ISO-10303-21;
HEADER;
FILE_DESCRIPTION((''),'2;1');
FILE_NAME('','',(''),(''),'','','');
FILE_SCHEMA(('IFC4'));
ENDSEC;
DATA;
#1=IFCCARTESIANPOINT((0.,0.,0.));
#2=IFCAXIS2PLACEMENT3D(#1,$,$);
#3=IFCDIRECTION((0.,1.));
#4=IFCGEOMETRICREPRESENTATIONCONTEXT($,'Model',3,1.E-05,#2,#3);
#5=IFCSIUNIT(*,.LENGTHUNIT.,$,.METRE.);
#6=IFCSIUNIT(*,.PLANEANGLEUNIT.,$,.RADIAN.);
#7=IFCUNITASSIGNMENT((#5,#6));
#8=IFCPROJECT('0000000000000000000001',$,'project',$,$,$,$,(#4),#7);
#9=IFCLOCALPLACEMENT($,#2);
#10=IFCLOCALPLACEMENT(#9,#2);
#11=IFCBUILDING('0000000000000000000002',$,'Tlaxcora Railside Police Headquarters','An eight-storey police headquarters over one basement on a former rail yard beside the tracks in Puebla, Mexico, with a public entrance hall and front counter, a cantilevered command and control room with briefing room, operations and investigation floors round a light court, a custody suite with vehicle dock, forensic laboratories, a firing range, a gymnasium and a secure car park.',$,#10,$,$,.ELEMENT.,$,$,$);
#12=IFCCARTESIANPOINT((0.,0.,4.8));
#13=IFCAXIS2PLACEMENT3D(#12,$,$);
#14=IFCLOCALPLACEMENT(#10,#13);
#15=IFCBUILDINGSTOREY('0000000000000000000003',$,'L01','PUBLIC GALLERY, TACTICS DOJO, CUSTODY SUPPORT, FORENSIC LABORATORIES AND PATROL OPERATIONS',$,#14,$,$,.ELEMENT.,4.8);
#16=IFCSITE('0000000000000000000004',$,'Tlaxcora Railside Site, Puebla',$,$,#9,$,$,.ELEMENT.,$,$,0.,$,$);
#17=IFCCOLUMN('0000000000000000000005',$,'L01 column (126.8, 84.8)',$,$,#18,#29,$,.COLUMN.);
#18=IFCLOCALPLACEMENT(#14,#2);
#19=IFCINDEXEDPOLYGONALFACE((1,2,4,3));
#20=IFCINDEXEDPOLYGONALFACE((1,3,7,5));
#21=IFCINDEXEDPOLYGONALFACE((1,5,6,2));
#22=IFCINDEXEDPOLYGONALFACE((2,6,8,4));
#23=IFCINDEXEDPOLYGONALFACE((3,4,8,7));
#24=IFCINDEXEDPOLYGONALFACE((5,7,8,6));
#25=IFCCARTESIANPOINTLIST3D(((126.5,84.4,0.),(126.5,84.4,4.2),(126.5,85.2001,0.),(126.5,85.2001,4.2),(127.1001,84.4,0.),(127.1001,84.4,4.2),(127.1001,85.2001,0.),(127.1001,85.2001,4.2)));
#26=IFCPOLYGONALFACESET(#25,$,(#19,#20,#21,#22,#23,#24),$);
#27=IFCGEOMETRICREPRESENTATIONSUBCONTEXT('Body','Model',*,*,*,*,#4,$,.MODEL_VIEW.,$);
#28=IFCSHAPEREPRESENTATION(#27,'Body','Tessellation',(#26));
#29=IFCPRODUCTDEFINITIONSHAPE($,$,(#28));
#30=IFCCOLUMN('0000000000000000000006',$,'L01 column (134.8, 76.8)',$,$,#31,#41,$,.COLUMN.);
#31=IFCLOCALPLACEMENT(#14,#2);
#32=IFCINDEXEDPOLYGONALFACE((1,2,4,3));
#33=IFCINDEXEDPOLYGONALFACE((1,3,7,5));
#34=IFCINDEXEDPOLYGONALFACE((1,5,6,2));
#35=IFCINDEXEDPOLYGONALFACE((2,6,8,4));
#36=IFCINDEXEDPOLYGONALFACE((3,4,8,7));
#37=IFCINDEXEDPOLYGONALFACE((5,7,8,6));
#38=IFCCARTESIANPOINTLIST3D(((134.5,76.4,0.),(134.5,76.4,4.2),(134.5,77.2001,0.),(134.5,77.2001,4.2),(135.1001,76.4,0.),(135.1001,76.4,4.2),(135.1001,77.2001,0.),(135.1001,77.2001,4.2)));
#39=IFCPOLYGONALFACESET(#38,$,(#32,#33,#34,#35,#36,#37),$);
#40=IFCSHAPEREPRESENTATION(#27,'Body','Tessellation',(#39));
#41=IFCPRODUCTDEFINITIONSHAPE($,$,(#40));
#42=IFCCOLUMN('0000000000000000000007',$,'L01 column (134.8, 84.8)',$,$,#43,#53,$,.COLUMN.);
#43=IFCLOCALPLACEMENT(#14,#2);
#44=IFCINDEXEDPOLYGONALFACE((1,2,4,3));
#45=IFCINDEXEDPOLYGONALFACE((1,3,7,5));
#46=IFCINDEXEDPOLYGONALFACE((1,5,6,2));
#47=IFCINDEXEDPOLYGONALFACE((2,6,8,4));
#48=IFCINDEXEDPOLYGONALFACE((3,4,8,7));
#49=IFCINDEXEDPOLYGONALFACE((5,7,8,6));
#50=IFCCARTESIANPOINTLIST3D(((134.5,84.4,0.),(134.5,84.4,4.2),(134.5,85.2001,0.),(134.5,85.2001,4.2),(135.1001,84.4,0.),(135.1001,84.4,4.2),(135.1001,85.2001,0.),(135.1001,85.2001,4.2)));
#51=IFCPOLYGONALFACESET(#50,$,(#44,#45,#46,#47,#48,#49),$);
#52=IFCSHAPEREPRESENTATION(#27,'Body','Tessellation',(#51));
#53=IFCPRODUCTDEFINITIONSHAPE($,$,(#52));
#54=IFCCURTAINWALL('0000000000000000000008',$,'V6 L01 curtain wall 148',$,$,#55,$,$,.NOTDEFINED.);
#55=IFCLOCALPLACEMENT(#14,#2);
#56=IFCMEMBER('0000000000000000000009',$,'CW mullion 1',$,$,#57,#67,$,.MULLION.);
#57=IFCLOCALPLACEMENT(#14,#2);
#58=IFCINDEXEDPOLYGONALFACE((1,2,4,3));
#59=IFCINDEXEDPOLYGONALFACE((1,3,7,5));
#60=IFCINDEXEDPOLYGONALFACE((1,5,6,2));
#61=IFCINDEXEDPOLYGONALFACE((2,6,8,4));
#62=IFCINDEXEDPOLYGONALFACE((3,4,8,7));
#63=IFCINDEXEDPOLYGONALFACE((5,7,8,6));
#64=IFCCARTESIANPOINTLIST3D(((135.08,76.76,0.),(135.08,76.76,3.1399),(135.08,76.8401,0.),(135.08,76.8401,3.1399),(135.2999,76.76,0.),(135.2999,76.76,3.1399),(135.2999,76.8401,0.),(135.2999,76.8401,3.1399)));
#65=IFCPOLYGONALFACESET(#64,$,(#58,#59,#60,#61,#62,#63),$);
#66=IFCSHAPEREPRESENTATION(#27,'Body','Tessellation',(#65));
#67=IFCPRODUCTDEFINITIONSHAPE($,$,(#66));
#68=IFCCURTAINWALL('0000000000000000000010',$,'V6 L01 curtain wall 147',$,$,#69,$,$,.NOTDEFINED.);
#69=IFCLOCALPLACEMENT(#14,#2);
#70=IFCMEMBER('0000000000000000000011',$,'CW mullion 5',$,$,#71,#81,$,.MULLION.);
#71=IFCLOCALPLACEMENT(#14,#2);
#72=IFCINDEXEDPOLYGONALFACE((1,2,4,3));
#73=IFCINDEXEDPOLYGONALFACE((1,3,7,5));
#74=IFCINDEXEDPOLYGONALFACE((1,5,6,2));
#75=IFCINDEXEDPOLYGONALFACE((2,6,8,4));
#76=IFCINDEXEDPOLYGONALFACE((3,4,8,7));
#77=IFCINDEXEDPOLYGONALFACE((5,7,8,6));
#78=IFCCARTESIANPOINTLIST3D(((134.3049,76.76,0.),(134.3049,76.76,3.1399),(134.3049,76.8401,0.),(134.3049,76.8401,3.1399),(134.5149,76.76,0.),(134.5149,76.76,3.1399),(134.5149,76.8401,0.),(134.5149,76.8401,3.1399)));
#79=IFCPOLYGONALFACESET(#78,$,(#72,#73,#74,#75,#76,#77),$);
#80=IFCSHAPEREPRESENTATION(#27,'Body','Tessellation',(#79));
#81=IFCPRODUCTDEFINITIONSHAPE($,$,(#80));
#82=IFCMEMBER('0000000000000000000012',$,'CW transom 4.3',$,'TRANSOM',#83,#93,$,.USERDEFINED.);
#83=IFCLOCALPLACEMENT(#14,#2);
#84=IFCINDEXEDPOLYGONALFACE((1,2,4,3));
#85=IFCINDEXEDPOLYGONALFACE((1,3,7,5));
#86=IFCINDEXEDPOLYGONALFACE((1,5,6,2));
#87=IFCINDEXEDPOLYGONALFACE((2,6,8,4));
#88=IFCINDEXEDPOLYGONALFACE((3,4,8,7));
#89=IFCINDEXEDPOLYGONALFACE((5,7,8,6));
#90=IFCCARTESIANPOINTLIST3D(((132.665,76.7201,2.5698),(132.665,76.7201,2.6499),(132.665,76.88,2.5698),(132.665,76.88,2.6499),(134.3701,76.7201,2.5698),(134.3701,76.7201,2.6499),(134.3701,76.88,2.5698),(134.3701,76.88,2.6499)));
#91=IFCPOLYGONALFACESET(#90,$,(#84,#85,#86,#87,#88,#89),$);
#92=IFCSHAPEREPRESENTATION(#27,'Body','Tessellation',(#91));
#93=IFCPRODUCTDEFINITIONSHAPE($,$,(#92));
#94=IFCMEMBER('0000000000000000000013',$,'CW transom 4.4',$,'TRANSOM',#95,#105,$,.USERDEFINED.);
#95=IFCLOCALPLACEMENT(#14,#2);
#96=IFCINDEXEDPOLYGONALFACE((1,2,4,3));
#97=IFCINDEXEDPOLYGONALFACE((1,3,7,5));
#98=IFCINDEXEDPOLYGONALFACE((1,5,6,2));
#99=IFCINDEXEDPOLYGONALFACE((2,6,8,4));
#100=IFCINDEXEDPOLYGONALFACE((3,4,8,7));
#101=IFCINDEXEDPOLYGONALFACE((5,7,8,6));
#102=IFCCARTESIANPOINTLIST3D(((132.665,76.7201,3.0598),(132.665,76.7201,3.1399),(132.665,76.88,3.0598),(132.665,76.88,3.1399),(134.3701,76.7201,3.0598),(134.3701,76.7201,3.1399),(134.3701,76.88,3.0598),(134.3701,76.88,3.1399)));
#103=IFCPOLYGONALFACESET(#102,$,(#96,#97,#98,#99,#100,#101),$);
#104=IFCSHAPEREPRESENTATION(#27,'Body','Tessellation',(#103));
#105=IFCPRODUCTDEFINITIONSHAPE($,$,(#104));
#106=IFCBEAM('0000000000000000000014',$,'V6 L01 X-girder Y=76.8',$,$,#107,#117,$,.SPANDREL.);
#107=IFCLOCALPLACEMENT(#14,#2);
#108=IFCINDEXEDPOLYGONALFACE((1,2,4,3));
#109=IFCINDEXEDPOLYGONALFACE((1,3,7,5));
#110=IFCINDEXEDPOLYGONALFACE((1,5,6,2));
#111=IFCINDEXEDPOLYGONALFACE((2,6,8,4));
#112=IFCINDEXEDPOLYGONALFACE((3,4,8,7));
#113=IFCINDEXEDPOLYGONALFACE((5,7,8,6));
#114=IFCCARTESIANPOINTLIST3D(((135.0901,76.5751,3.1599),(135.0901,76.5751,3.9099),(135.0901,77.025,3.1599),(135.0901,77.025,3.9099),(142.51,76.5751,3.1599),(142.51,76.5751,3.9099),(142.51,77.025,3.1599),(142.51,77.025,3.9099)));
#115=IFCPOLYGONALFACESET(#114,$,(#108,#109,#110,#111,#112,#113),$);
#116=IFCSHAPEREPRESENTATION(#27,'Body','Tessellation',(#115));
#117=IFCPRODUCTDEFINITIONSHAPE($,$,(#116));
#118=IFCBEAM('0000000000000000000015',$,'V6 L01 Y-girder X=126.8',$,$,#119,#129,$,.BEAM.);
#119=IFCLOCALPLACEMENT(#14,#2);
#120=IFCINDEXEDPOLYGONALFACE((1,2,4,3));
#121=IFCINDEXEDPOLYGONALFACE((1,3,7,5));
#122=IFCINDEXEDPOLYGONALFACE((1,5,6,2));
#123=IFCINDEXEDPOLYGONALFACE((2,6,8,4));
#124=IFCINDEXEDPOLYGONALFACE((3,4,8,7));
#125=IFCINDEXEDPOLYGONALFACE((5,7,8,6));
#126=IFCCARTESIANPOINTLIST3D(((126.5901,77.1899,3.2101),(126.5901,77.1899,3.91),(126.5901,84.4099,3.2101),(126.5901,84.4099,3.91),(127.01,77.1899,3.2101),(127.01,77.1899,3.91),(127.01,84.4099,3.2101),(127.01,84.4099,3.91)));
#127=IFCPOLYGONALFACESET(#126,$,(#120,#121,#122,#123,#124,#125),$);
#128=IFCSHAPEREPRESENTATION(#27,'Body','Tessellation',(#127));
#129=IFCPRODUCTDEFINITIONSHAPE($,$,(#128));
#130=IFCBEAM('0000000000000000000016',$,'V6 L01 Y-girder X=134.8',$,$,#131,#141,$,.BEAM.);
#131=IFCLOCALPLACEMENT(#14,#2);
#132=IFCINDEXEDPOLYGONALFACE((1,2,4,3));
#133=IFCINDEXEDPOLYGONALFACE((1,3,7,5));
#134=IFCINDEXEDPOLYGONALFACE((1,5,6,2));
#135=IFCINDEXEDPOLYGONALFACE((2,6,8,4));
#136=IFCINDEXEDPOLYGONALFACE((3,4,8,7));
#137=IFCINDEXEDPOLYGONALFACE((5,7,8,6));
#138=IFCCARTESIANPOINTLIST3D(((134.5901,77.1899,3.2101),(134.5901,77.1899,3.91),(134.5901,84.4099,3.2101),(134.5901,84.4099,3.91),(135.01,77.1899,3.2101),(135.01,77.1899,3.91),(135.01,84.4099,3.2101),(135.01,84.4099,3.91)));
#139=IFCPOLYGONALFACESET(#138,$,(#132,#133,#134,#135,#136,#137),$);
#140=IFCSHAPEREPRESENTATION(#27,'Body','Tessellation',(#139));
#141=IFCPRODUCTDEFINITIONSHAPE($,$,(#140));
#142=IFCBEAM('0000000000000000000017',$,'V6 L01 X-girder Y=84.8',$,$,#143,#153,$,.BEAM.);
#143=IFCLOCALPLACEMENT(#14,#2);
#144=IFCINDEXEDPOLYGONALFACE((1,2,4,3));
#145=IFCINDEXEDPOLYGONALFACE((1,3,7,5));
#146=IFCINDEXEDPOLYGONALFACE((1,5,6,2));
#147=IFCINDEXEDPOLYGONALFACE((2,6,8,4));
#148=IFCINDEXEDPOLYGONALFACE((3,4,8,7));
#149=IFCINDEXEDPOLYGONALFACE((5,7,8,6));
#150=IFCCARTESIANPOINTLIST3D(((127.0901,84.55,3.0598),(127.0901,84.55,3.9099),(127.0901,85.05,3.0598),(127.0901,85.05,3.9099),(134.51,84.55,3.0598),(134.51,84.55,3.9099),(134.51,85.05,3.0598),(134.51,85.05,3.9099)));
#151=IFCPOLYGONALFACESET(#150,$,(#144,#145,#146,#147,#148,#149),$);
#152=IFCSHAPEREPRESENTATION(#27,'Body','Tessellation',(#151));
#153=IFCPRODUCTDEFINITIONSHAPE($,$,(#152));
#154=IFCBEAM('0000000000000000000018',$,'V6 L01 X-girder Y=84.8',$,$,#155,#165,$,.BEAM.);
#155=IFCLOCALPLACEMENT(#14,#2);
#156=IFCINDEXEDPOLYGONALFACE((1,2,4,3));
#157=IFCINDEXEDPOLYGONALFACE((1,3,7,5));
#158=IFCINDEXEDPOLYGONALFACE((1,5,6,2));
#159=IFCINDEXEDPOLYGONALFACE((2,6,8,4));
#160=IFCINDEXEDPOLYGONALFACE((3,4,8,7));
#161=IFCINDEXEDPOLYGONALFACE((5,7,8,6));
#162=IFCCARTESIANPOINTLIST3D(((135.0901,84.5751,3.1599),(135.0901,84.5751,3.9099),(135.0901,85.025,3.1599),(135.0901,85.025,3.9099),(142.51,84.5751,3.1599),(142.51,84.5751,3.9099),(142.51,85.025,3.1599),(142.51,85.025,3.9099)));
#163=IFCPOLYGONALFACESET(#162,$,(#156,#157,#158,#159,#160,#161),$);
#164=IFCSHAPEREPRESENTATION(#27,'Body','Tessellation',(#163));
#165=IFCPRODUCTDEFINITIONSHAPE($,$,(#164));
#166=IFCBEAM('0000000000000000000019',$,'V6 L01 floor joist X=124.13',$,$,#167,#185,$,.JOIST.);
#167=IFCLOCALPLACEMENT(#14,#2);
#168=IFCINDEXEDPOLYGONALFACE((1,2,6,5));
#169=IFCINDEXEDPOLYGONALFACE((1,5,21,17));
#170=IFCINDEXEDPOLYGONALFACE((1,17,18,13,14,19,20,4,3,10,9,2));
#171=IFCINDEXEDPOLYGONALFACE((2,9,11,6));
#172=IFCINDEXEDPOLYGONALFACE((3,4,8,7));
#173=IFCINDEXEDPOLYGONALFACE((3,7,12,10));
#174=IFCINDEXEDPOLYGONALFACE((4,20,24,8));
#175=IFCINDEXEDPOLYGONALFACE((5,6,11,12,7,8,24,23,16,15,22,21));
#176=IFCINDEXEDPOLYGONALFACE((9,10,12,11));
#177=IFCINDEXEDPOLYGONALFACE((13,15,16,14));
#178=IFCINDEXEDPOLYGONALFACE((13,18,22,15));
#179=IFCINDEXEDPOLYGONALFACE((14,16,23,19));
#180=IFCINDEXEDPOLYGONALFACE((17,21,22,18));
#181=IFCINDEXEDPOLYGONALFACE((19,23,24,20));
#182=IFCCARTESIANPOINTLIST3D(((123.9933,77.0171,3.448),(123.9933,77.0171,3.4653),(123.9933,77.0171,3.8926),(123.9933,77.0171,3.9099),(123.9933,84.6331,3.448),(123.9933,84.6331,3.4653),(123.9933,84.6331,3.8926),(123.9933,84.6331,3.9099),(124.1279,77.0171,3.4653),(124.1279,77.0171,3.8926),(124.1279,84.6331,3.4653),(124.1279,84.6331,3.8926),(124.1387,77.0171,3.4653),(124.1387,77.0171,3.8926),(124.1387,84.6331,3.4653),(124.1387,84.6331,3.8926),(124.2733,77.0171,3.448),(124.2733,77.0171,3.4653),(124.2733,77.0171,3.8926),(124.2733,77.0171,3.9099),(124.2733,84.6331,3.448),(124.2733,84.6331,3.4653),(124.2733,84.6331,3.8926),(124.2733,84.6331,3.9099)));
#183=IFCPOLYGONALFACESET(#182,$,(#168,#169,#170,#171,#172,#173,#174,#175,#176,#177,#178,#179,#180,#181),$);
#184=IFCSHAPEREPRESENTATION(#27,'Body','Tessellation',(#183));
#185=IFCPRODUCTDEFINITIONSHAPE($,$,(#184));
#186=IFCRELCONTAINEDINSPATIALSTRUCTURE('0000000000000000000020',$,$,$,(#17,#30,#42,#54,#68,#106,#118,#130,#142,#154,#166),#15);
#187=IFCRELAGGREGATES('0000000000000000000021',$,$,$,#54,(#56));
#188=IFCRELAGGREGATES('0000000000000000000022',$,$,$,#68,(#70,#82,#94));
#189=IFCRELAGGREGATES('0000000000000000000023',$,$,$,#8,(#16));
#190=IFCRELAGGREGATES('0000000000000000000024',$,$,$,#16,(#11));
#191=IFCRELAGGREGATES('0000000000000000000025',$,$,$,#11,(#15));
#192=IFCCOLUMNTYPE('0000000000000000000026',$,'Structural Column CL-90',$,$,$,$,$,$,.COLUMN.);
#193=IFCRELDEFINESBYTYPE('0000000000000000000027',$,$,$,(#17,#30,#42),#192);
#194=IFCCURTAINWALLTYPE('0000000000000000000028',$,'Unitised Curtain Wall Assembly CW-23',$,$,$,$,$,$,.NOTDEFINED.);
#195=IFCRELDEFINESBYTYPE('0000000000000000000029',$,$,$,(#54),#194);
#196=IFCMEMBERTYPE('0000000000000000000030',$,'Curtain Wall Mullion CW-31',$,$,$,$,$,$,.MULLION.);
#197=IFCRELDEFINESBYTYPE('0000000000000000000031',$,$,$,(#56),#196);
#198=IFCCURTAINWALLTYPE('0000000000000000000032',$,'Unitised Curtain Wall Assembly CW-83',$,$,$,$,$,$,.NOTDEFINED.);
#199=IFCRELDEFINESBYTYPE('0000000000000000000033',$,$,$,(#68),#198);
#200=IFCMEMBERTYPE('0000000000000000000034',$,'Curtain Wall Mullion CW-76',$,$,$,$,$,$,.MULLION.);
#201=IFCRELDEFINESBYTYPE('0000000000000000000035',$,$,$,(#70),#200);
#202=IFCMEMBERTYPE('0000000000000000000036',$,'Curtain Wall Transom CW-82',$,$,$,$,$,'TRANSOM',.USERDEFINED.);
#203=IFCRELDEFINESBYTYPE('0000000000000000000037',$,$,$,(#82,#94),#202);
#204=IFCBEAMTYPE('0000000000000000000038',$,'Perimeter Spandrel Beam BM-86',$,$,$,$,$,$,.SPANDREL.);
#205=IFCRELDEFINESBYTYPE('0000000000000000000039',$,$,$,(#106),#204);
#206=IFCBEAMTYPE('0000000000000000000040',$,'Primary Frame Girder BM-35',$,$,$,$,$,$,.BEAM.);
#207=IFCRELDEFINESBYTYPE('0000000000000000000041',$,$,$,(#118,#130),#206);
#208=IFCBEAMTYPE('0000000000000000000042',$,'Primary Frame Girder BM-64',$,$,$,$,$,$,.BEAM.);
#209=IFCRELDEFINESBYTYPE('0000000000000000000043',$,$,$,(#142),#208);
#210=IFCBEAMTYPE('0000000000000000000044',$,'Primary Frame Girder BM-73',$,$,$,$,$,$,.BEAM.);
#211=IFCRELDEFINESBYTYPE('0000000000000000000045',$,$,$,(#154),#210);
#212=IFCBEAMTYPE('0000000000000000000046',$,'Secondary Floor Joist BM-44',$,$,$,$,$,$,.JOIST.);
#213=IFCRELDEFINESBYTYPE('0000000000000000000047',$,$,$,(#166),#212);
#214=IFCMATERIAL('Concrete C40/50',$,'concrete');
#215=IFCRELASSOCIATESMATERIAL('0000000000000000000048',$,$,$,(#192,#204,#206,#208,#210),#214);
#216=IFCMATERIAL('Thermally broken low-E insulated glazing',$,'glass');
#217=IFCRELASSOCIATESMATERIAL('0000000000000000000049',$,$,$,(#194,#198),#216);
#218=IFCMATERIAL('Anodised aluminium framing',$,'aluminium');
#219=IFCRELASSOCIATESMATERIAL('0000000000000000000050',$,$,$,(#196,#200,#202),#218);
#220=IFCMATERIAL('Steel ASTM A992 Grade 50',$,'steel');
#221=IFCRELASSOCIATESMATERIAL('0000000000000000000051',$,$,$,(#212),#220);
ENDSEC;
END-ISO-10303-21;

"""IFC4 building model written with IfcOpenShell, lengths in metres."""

from ifc_helpers import new_model, si_unit, direction, frame, origin, origin_2d, place, context, subcontext, project, spatial, rectangle, i_section, extrude, material, material_profile, profile_set, type_object, element, aggregate, save


model = new_model("IFC4")

# Units and contexts
model_context = context("Model", 3, precision=1e-05, world=origin(), true_north=direction((0.0, 1.0)))
body_context = subcontext(model_context, "Body", "Model", "MODEL_VIEW")
ifc_project = project(units=[si_unit("LENGTHUNIT", "METRE"), si_unit("PLANEANGLEUNIT", "RADIAN")], contexts=[model_context])

# Site, building, storey
site_placement = place(None, origin())
site = spatial("IfcSite", under=ifc_project, at=site_placement, Name="Tlaxcora Railside Site, Puebla", CompositionType="ELEMENT", RefElevation=0.0)
building_placement = place(site_placement, origin())
building = spatial("IfcBuilding", under=site, at=building_placement, Name="Tlaxcora Railside Police Headquarters", Description="An eight-storey police headquarters over one basement on a former rail yard beside the tracks in Puebla, Mexico, with a public entrance hall and front counter, a cantilevered command and control room with briefing room, operations and investigation floors round a light court, a custody suite with vehicle dock, forensic laboratories, a firing range, a gymnasium and a secure car park.", CompositionType="ELEMENT")
storey_placement = place(building_placement, frame((0.0, 0.0, 4.8)))
storey = spatial("IfcBuildingStorey", under=building, at=storey_placement, Name="L01", Description="PUBLIC GALLERY, TACTICS DOJO, CUSTODY SUPPORT, FORENSIC LABORATORIES AND PATROL OPERATIONS", CompositionType="ELEMENT", Elevation=4.8)

# Columns
ifc_material_1 = material(Name="Concrete C40/50", Category="concrete")
ifc_material_profile_1 = material_profile(ifc_material_1, rectangle(XDim=0.6001, YDim=0.8, at=origin_2d()), Name="RC600X800")
ifc_profile_set_1 = profile_set([ifc_material_profile_1], Name="Concrete C40/50")
column_type = type_object("IfcColumnType", Name="Structural Column CL-90", PredefinedType="COLUMN", material=ifc_profile_set_1)
for number, where, z_axis, x_axis, name in (
    (1, (126.8, 84.8, 0.0), (0.0, 0.0, 1.0), (1.0, 0.0, 0.0), "L01 column (126.8, 84.8)"),
    (2, (134.8, 76.8, 0.0), (0.0, 0.0, 1.0), (1.0, 0.0, 0.0), "L01 column (134.8, 76.8)"),
    (3, (134.8, 84.8, 0.0), (0.0, 0.0, 1.0), (1.0, 0.0, 0.0), "L01 column (134.8, 84.8)"),
):
    element("IfcColumn", number, at=place(storey_placement, frame(where, z_axis=z_axis, x_axis=x_axis)), inside=storey, type_object=column_type, Name=name, PredefinedType="COLUMN", context=body_context, shape_type="SweptSolid", body=[
        extrude(rectangle(XDim=0.6001, YDim=0.8, at=origin_2d()), origin(), (0.0, 0.0, 1.0), 4.2),
    ])

# Curtain wall, member
ifc_material_2 = material(Name="Thermally broken low-E insulated glazing", Category="glass")
curtain_wall_type_1 = type_object("IfcCurtainWallType", Name="Unitised Curtain Wall Assembly CW-23", PredefinedType="NOTDEFINED", material=ifc_material_2)
curtain_wall_1_placement = place(storey_placement, origin())
curtain_wall_1 = element("IfcCurtainWall", 4, at=curtain_wall_1_placement, inside=storey, type_object=curtain_wall_type_1, Name="V6 L01 curtain wall 148", PredefinedType="NOTDEFINED")
ifc_material_3 = material(Name="Anodised aluminium framing", Category="aluminium")
ifc_material_profile_2 = material_profile(ifc_material_3, rectangle(XDim=0.0801, YDim=0.22, at=origin_2d()), Name="AL80X220")
ifc_profile_set_2 = profile_set([ifc_material_profile_2], Name="Anodised aluminium framing")
member_type_1 = type_object("IfcMemberType", Name="Curtain Wall Mullion CW-31", PredefinedType="MULLION", material=ifc_profile_set_2)
member_1_placement = place(storey_placement, frame((135.1899, 76.8, 0.0), z_axis=(0.0, 0.0, 1.0), x_axis=(0.0, 1.0, 0.0)))
member_1 = element("IfcMember", 5, at=member_1_placement, type_object=member_type_1, Name="CW mullion 1", PredefinedType="MULLION", context=body_context, shape_type="SweptSolid", body=[
    extrude(rectangle(XDim=0.0801, YDim=0.22, at=origin_2d()), origin(), (0.0, 0.0, 1.0), 3.1399),
])
aggregate(curtain_wall_1, [member_1])

# Curtain wall, members
curtain_wall_type_2 = type_object("IfcCurtainWallType", Name="Unitised Curtain Wall Assembly CW-83", PredefinedType="NOTDEFINED", material=ifc_material_2)
curtain_wall_2_placement = place(storey_placement, origin())
curtain_wall_2 = element("IfcCurtainWall", 6, at=curtain_wall_2_placement, inside=storey, type_object=curtain_wall_type_2, Name="V6 L01 curtain wall 147", PredefinedType="NOTDEFINED")
ifc_material_profile_3 = material_profile(ifc_material_3, rectangle(XDim=0.0801, YDim=0.21, at=origin_2d()), Name="AL80X210")
ifc_profile_set_3 = profile_set([ifc_material_profile_3], Name="Anodised aluminium framing")
member_type_2 = type_object("IfcMemberType", Name="Curtain Wall Mullion CW-76", PredefinedType="MULLION", material=ifc_profile_set_3)
member_2_placement = place(storey_placement, frame((134.4099, 76.8, 0.0), z_axis=(0.0, 0.0, 1.0), x_axis=(0.0, 1.0, 0.0)))
member_2 = element("IfcMember", 7, at=member_2_placement, type_object=member_type_2, Name="CW mullion 5", PredefinedType="MULLION", context=body_context, shape_type="SweptSolid", body=[
    extrude(rectangle(XDim=0.0801, YDim=0.21, at=origin_2d()), origin(), (0.0, 0.0, 1.0), 3.1399),
])
ifc_material_profile_4 = material_profile(ifc_material_3, rectangle(XDim=0.1599, YDim=0.0801, at=origin_2d()), Name="AL80X160")
ifc_profile_set_4 = profile_set([ifc_material_profile_4], Name="Anodised aluminium framing")
member_type_3 = type_object("IfcMemberType", Name="Curtain Wall Transom CW-82", ElementType="TRANSOM", PredefinedType="USERDEFINED", material=ifc_profile_set_4)
member_3_placement = place(storey_placement, frame((132.665, 76.8, 2.6099), z_axis=(1.0, 0.0, 0.0), x_axis=(0.0, 1.0, 0.0)))
member_3 = element("IfcMember", 8, at=member_3_placement, type_object=member_type_3, Name="CW transom 4.3", ObjectType="TRANSOM", PredefinedType="USERDEFINED", context=body_context, shape_type="SweptSolid", body=[
    extrude(rectangle(XDim=0.1599, YDim=0.0801, at=origin_2d()), origin(), (0.0, 0.0, 1.0), 1.7051),
])
member_4_placement = place(storey_placement, frame((132.665, 76.8, 3.0999), z_axis=(1.0, 0.0, 0.0), x_axis=(0.0, 1.0, 0.0)))
member_4 = element("IfcMember", 9, at=member_4_placement, type_object=member_type_3, Name="CW transom 4.4", ObjectType="TRANSOM", PredefinedType="USERDEFINED", context=body_context, shape_type="SweptSolid", body=[
    extrude(rectangle(XDim=0.1599, YDim=0.0801, at=origin_2d()), origin(), (0.0, 0.0, 1.0), 1.7051),
])

# Beams
ifc_material_profile_5 = material_profile(ifc_material_1, rectangle(XDim=0.45, YDim=0.75, at=origin_2d()), Name="RC450X750")
ifc_profile_set_5 = profile_set([ifc_material_profile_5], Name="Concrete C40/50")
beam_type_1 = type_object("IfcBeamType", Name="Perimeter Spandrel Beam BM-86", PredefinedType="SPANDREL", material=ifc_profile_set_5)
beam_1_placement = place(storey_placement, frame((135.0901, 76.8, 3.5349), z_axis=(1.0, 0.0, 0.0), x_axis=(0.0, 1.0, 0.0)))
element("IfcBeam", 10, at=beam_1_placement, inside=storey, type_object=beam_type_1, Name="V6 L01 X-girder Y=76.8", PredefinedType="SPANDREL", context=body_context, shape_type="SweptSolid", body=[
    extrude(rectangle(XDim=0.45, YDim=0.75, at=origin_2d()), origin(), (0.0, 0.0, 1.0), 7.4199),
])
ifc_material_profile_6 = material_profile(ifc_material_1, rectangle(XDim=0.4199, YDim=0.7, at=origin_2d()), Name="RC420X700")
ifc_profile_set_6 = profile_set([ifc_material_profile_6], Name="Concrete C40/50")
beam_type_2 = type_object("IfcBeamType", Name="Primary Frame Girder BM-35", PredefinedType="BEAM", material=ifc_profile_set_6)
for number, where, z_axis, x_axis, name in (
    (11, (126.8, 77.1899, 3.5601), (0.0, 1.0, 0.0), (-1.0, 0.0, 0.0), "V6 L01 Y-girder X=126.8"),
    (12, (134.8, 77.1899, 3.5601), (0.0, 1.0, 0.0), (-1.0, 0.0, 0.0), "V6 L01 Y-girder X=134.8"),
):
    element("IfcBeam", number, at=place(storey_placement, frame(where, z_axis=z_axis, x_axis=x_axis)), inside=storey, type_object=beam_type_2, Name=name, PredefinedType="BEAM", context=body_context, shape_type="SweptSolid", body=[
        extrude(rectangle(XDim=0.4199, YDim=0.7, at=origin_2d()), origin(), (0.0, 0.0, 1.0), 7.22),
    ])
ifc_material_profile_7 = material_profile(ifc_material_1, rectangle(XDim=0.5, YDim=0.8501, at=origin_2d()), Name="RC500X850")
ifc_profile_set_7 = profile_set([ifc_material_profile_7], Name="Concrete C40/50")
beam_type_3 = type_object("IfcBeamType", Name="Primary Frame Girder BM-64", PredefinedType="BEAM", material=ifc_profile_set_7)
beam_2_placement = place(storey_placement, frame((127.0901, 84.8, 3.4849), z_axis=(1.0, 0.0, 0.0), x_axis=(0.0, 1.0, 0.0)))
element("IfcBeam", 13, at=beam_2_placement, inside=storey, type_object=beam_type_3, Name="V6 L01 X-girder Y=84.8", PredefinedType="BEAM", context=body_context, shape_type="SweptSolid", body=[
    extrude(rectangle(XDim=0.5, YDim=0.8501, at=origin_2d()), origin(), (0.0, 0.0, 1.0), 7.4199),
])
ifc_material_profile_8 = material_profile(ifc_material_1, rectangle(XDim=0.45, YDim=0.75, at=origin_2d()), Name="RC450X750")
ifc_profile_set_8 = profile_set([ifc_material_profile_8], Name="Concrete C40/50")
beam_type_4 = type_object("IfcBeamType", Name="Primary Frame Girder BM-73", PredefinedType="BEAM", material=ifc_profile_set_8)
beam_3_placement = place(storey_placement, frame((135.0901, 84.8, 3.5349), z_axis=(1.0, 0.0, 0.0), x_axis=(0.0, 1.0, 0.0)))
element("IfcBeam", 14, at=beam_3_placement, inside=storey, type_object=beam_type_4, Name="V6 L01 X-girder Y=84.8", PredefinedType="BEAM", context=body_context, shape_type="SweptSolid", body=[
    extrude(rectangle(XDim=0.45, YDim=0.75, at=origin_2d()), origin(), (0.0, 0.0, 1.0), 7.4199),
])
ifc_material_4 = material(Name="Steel ASTM A992 Grade 50", Category="steel")
ifc_material_profile_9 = material_profile(ifc_material_4, i_section(OverallWidth=0.28, OverallDepth=0.4619, WebThickness=0.0107, FlangeThickness=0.0173, at=origin_2d()), Name="W18X76")
ifc_profile_set_9 = profile_set([ifc_material_profile_9], Name="Steel ASTM A992 Grade 50")
beam_type_5 = type_object("IfcBeamType", Name="Secondary Floor Joist BM-44", PredefinedType="JOIST", material=ifc_profile_set_9)
beam_4_placement = place(storey_placement, frame((124.1333, 77.0171, 3.679), z_axis=(0.0, 1.0, 0.0), x_axis=(-1.0, 0.0, 0.0)))
element("IfcBeam", 15, at=beam_4_placement, inside=storey, type_object=beam_type_5, Name="V6 L01 floor joist X=124.13", PredefinedType="JOIST", context=body_context, shape_type="SweptSolid", body=[
    extrude(i_section(OverallWidth=0.28, OverallDepth=0.4619, WebThickness=0.0107, FlangeThickness=0.0173, at=origin_2d()), origin(), (0.0, 0.0, 1.0), 7.616),
])

aggregate(curtain_wall_2, [member_2, member_3, member_4])

save(model, "model.ifc")
